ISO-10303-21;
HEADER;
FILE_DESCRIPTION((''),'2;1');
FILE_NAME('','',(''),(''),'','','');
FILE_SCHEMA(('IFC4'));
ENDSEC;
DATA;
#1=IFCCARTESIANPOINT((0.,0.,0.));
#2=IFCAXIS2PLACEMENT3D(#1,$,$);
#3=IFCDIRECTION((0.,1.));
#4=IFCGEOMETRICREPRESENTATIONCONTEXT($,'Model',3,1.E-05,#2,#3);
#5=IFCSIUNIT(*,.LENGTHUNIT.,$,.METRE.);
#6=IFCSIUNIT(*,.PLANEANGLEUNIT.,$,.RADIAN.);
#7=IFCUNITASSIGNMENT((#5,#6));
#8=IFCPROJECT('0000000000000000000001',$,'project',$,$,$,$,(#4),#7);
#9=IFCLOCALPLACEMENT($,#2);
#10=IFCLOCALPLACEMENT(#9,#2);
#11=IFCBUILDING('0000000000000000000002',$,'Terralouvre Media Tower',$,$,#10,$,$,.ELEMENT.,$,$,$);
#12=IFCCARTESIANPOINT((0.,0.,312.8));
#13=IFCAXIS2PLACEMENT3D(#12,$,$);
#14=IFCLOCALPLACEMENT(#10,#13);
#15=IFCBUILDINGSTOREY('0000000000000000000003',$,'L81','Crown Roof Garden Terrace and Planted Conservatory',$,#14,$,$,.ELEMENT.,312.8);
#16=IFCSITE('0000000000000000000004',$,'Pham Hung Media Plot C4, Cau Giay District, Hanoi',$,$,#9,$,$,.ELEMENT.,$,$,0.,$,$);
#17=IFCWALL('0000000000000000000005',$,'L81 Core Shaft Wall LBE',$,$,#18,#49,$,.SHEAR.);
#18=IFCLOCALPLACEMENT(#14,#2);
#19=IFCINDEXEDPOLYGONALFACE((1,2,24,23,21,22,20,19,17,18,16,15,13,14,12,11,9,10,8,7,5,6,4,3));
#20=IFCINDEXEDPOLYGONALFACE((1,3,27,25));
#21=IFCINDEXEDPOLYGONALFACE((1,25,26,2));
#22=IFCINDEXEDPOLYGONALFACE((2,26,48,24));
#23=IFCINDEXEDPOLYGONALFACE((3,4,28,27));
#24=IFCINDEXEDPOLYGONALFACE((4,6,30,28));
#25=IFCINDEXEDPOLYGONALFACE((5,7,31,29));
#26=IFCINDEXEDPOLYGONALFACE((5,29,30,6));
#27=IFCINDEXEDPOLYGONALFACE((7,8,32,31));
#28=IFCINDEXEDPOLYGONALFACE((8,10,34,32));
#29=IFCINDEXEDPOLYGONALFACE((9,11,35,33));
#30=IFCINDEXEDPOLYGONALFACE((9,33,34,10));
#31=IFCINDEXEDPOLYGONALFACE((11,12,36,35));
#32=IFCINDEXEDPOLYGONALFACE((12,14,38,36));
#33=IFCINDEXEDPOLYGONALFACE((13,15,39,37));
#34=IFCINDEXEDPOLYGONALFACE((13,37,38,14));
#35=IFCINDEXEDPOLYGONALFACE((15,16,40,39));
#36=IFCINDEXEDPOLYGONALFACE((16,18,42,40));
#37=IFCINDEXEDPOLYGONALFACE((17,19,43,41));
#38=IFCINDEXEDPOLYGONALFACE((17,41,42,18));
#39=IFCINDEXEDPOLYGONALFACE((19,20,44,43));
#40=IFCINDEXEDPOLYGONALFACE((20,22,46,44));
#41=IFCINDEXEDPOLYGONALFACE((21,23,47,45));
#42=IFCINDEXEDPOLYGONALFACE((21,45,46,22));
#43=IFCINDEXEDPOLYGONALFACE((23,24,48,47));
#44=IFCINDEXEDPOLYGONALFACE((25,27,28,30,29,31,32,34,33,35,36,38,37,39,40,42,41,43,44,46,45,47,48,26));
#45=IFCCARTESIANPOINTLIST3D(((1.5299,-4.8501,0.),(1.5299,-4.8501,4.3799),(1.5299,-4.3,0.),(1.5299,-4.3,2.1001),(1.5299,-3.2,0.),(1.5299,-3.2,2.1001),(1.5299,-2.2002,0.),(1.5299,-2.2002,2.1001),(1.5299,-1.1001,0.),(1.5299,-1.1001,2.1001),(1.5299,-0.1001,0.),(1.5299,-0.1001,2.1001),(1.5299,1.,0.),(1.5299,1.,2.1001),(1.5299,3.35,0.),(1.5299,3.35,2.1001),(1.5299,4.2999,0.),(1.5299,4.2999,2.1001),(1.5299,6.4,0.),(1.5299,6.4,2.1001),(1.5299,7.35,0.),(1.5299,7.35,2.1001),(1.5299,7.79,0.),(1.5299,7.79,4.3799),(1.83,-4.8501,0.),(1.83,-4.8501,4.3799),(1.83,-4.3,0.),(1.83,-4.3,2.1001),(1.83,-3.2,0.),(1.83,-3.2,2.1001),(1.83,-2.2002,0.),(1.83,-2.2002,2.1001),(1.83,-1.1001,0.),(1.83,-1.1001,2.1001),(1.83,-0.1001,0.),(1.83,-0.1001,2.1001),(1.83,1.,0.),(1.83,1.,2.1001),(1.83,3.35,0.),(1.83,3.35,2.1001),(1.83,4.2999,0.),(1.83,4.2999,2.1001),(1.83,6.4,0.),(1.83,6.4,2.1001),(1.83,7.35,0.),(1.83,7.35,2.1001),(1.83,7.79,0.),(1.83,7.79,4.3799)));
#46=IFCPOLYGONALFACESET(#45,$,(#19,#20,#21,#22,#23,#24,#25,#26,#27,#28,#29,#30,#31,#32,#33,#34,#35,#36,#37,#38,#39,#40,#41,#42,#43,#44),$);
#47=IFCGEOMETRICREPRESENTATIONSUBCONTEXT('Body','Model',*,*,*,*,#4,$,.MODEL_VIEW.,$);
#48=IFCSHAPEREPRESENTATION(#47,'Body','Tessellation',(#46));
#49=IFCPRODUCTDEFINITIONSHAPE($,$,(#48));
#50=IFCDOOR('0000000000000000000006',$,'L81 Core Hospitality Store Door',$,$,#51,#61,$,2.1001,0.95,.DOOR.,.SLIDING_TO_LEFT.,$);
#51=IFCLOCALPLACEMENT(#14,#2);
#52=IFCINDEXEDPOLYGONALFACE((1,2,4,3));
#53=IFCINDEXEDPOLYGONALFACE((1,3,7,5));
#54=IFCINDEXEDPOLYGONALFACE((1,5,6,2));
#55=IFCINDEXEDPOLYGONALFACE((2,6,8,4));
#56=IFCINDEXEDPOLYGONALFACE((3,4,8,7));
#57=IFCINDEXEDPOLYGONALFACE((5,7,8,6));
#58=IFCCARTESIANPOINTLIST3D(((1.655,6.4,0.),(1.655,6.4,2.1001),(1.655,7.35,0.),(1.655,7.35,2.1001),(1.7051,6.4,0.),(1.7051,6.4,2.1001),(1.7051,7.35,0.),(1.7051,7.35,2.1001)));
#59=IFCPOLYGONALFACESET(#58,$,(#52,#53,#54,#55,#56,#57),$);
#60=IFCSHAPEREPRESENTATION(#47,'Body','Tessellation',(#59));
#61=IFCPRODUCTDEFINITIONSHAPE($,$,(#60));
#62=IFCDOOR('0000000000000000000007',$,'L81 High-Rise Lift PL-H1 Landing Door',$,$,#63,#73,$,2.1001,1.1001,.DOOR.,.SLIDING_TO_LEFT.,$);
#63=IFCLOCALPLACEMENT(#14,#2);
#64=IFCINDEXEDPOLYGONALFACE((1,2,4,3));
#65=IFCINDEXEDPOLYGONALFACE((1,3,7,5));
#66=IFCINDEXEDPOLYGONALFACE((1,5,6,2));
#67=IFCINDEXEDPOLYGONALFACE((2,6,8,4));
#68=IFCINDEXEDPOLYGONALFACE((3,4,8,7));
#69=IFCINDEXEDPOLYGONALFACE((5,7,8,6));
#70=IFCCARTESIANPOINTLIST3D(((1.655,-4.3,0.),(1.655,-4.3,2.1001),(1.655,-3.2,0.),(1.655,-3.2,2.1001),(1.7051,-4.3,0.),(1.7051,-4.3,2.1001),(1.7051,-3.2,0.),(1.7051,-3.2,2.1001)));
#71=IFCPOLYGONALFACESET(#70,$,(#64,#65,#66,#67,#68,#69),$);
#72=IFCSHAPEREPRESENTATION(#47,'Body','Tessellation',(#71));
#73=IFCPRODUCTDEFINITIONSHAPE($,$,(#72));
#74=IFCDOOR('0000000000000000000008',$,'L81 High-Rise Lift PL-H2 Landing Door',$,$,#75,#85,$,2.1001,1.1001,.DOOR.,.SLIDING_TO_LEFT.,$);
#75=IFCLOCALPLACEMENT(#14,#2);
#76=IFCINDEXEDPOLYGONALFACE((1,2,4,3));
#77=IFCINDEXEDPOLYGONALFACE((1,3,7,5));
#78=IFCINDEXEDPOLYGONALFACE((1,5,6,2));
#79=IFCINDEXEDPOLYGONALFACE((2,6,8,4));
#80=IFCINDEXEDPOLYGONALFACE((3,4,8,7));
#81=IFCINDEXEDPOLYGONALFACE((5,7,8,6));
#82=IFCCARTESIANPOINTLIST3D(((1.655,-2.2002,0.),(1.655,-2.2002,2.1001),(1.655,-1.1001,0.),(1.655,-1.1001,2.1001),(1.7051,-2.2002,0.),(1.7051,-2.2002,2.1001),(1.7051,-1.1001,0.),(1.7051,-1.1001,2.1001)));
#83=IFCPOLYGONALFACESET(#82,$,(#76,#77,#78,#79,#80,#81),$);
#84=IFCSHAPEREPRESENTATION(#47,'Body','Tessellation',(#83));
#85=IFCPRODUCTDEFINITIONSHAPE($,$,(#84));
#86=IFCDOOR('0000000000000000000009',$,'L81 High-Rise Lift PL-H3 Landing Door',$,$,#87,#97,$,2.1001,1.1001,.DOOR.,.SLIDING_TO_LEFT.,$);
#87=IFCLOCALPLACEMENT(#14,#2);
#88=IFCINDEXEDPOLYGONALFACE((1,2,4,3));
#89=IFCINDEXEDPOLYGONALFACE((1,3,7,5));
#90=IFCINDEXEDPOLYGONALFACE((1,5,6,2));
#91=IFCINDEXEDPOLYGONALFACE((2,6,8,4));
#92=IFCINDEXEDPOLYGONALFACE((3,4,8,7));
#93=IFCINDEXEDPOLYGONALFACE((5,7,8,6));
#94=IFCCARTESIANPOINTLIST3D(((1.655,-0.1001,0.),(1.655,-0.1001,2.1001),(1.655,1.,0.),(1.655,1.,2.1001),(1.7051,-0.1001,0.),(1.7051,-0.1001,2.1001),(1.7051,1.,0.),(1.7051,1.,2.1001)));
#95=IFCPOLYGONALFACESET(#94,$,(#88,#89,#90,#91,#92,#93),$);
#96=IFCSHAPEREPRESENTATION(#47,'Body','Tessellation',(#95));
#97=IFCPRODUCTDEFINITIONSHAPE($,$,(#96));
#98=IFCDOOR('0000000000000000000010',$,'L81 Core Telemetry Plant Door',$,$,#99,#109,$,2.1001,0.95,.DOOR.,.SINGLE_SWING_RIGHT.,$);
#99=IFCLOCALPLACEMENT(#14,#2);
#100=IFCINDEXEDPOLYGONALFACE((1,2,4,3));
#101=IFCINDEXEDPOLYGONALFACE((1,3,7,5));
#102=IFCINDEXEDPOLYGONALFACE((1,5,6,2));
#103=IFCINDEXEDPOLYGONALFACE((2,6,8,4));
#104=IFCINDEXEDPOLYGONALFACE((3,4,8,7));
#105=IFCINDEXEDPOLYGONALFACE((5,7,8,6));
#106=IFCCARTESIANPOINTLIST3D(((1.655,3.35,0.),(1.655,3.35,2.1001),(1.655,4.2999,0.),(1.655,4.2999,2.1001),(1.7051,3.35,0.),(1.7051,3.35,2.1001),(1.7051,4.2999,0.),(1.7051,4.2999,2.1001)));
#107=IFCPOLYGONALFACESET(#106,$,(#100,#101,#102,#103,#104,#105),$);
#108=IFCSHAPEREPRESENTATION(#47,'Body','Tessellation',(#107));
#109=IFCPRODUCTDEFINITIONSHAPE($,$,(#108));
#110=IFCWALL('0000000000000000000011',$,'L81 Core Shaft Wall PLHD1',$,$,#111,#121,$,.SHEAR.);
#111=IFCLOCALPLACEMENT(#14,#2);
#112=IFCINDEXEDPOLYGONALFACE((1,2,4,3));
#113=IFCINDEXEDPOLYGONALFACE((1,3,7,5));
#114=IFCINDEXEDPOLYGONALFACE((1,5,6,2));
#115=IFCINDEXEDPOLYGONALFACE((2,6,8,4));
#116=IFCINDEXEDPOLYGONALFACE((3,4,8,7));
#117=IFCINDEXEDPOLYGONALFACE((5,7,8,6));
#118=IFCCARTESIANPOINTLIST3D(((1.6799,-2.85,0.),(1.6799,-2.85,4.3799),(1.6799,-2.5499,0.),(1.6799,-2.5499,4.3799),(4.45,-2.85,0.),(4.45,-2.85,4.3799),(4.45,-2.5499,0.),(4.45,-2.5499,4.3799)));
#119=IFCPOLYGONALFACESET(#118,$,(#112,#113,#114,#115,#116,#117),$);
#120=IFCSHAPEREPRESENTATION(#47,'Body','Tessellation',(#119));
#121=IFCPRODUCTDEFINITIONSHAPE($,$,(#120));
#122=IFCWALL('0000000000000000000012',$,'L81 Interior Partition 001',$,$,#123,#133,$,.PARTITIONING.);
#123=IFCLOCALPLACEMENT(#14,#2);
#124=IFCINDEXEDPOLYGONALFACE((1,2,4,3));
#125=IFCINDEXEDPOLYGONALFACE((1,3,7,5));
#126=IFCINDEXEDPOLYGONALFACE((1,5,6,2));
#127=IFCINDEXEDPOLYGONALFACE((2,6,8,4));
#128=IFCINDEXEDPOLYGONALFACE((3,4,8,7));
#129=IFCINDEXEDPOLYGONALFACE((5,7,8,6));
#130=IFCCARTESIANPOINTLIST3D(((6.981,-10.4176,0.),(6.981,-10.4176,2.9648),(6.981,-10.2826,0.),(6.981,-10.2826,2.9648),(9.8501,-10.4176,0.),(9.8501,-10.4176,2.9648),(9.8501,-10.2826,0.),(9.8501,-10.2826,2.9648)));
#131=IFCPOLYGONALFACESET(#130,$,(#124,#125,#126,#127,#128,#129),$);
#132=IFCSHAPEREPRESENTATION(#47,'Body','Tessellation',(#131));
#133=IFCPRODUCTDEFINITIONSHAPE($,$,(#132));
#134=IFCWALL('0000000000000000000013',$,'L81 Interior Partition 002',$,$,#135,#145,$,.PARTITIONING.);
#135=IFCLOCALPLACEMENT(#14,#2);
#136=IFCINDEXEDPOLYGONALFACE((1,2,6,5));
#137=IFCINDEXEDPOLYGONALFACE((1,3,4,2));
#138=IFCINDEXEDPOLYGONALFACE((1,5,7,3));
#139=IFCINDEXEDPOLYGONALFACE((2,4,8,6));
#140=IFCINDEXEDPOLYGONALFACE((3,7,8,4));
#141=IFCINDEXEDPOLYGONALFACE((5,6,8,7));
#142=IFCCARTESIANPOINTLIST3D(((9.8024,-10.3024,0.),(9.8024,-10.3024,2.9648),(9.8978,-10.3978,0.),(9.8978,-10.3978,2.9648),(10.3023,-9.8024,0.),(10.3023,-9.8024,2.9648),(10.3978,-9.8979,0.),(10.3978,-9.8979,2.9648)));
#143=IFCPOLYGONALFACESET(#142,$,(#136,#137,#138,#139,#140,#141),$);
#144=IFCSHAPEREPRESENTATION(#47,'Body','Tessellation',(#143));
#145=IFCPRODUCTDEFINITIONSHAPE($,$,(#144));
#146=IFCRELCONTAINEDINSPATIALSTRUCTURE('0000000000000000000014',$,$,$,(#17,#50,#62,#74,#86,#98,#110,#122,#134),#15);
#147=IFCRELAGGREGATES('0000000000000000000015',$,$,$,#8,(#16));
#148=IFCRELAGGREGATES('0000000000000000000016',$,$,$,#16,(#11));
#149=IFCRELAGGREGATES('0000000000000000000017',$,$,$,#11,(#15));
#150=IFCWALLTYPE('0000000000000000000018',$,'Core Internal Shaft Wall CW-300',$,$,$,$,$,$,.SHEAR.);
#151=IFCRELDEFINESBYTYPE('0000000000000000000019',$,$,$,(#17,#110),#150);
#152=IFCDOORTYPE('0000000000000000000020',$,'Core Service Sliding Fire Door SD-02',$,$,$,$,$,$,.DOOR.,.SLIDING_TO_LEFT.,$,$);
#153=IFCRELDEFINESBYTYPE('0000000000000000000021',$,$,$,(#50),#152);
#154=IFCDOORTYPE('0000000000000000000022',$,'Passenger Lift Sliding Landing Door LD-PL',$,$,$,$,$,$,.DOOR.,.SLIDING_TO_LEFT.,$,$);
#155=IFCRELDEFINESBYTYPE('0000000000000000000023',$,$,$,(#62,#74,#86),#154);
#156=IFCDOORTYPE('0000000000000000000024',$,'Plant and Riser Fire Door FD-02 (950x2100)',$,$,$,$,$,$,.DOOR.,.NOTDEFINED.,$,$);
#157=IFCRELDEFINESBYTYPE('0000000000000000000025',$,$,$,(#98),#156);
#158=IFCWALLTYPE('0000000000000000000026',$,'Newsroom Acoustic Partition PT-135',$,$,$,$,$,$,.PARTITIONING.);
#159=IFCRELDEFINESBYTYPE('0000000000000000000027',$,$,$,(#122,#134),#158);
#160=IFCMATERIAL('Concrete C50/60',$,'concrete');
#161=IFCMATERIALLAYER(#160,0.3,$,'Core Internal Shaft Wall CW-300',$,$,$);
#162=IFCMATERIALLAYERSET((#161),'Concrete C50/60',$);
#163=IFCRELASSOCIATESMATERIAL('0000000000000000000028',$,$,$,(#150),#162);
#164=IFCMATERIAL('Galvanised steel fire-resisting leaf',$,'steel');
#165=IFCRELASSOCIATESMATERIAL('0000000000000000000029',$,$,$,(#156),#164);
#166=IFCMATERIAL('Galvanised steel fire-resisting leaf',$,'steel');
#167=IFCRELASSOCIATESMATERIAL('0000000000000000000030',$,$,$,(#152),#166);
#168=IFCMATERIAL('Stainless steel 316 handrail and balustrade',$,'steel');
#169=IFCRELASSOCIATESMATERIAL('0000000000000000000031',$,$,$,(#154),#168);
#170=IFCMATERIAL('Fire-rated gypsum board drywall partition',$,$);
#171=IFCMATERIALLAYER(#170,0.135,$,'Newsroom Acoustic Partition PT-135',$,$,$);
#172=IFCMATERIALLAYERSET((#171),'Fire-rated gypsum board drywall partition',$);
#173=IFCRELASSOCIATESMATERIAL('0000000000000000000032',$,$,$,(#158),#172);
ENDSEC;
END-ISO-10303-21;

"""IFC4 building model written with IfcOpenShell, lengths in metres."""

from ifc_helpers import new_model, si_unit, direction, frame, frame_2d, origin, place, context, subcontext, project, spatial, rectangle, extrude, material, layer, layer_set, type_object, element, fill, save


model = new_model("IFC4")

# Units and contexts
model_context = context("Model", 3, precision=1e-05, world=origin(), true_north=direction((0.0, 1.0)))
body_context = subcontext(model_context, "Body", "Model", "MODEL_VIEW")
ifc_project = project(units=[si_unit("LENGTHUNIT", "METRE"), si_unit("PLANEANGLEUNIT", "RADIAN")], contexts=[model_context])

# Site, building, storey
site_placement = place(None, origin())
site = spatial("IfcSite", under=ifc_project, at=site_placement, Name="Pham Hung Media Plot C4, Cau Giay District, Hanoi", CompositionType="ELEMENT", RefElevation=0.0)
building_placement = place(site_placement, origin())
building = spatial("IfcBuilding", under=site, at=building_placement, Name="Terralouvre Media Tower", CompositionType="ELEMENT")
storey_placement = place(building_placement, frame((0.0, 0.0, 312.8)))
storey = spatial("IfcBuildingStorey", under=building, at=storey_placement, Name="L81", Description="Crown Roof Garden Terrace and Planted Conservatory", CompositionType="ELEMENT", Elevation=312.8)

# Shared definitions
ifc_material_1 = material(Name="Concrete C50/60", Category="concrete")
ifc_layer_1 = layer(ifc_material_1, 0.3, Name="Core Internal Shaft Wall CW-300")
ifc_layer_set_1 = layer_set([ifc_layer_1], Name="Concrete C50/60")
wall_type_1 = type_object("IfcWallType", Name="Core Internal Shaft Wall CW-300", PredefinedType="SHEAR", material=ifc_layer_set_1)

# Wall, openings, doors
ifc_material_2 = material(Name="Galvanised steel fire-resisting leaf", Category="steel")
door_type_1 = type_object("IfcDoorType", Name="Plant and Riser Fire Door FD-02 (950x2100)", OperationType="NOTDEFINED", PredefinedType="DOOR", material=ifc_material_2)
wall_1_placement = place(storey_placement, frame((1.6799, -4.8501, 0.0), z_axis=(0.0, 0.0, 1.0), x_axis=(0.0, 1.0, 0.0)))
wall_1 = element("IfcWall", 1, at=wall_1_placement, inside=storey, type_object=wall_type_1, Name="L81 Core Shaft Wall LBE", PredefinedType="SHEAR", context=body_context, shape_type="SweptSolid", body=[
    extrude(rectangle(XDim=12.6401, YDim=0.3, at=frame_2d((6.3201, 0.0))), origin(), (0.0, 0.0, 1.0), 4.3799),
])
opening_1_placement = place(wall_1_placement, frame((0.55, 0.0, 0.0)))
opening_1 = element("IfcOpeningElement", 2, at=opening_1_placement, cuts=wall_1, PredefinedType="OPENING", context=body_context, shape_type="SweptSolid", body=[
    extrude(rectangle(XDim=1.1001, YDim=2.1001, at=frame_2d((0.55, 1.05))), frame((0.0, 0.1599, 0.0), z_axis=(0.0, -1.0, 0.0), x_axis=(1.0, 0.0, 0.0)), (0.0, 0.0, 1.0), 0.3201),
])
opening_2_placement = place(wall_1_placement, frame((2.6499, 0.0, 0.0)))
opening_2 = element("IfcOpeningElement", 3, at=opening_2_placement, cuts=wall_1, PredefinedType="OPENING", context=body_context, shape_type="SweptSolid", body=[
    extrude(rectangle(XDim=1.1001, YDim=2.1001, at=frame_2d((0.55, 1.05))), frame((0.0, 0.1599, 0.0), z_axis=(0.0, -1.0, 0.0), x_axis=(1.0, 0.0, 0.0)), (0.0, 0.0, 1.0), 0.3201),
])
opening_3_placement = place(wall_1_placement, frame((4.75, 0.0, 0.0)))
opening_3 = element("IfcOpeningElement", 4, at=opening_3_placement, cuts=wall_1, PredefinedType="OPENING", context=body_context, shape_type="SweptSolid", body=[
    extrude(rectangle(XDim=1.1001, YDim=2.1001, at=frame_2d((0.55, 1.05))), frame((0.0, 0.1599, 0.0), z_axis=(0.0, -1.0, 0.0), x_axis=(1.0, 0.0, 0.0)), (0.0, 0.0, 1.0), 0.3201),
])
opening_4_placement = place(wall_1_placement, frame((8.2, 0.0, 0.0)))
opening_4 = element("IfcOpeningElement", 5, at=opening_4_placement, cuts=wall_1, PredefinedType="OPENING", context=body_context, shape_type="SweptSolid", body=[
    extrude(rectangle(XDim=0.95, YDim=2.1001, at=frame_2d((0.4751, 1.05))), frame((0.0, 0.1599, 0.0), z_axis=(0.0, -1.0, 0.0), x_axis=(1.0, 0.0, 0.0)), (0.0, 0.0, 1.0), 0.3201),
])
opening_5_placement = place(wall_1_placement, frame((11.25, 0.0, 0.0)))
opening_5 = element("IfcOpeningElement", 6, at=opening_5_placement, cuts=wall_1, PredefinedType="OPENING", context=body_context, shape_type="SweptSolid", body=[
    extrude(rectangle(XDim=0.95, YDim=2.1001, at=frame_2d((0.4751, 1.05))), frame((0.0, 0.1599, 0.0), z_axis=(0.0, -1.0, 0.0), x_axis=(1.0, 0.0, 0.0)), (0.0, 0.0, 1.0), 0.3201),
])
ifc_material_3 = material(Name="Galvanised steel fire-resisting leaf", Category="steel")
door_type_2 = type_object("IfcDoorType", Name="Core Service Sliding Fire Door SD-02", OperationType="SLIDING_TO_LEFT", PredefinedType="DOOR", material=ifc_material_3)
door_1_placement = place(opening_5_placement, origin())
door_1 = element("IfcDoor", 7, at=door_1_placement, inside=storey, type_object=door_type_2, Name="L81 Core Hospitality Store Door", OperationType="SLIDING_TO_LEFT", OverallHeight=2.1001, OverallWidth=0.95, PredefinedType="DOOR", context=body_context, shape_type="SweptSolid", body=[
    extrude(rectangle(XDim=0.95, YDim=2.1001, at=frame_2d((0.4751, 1.05))), frame((0.0, 0.0249, 0.0), z_axis=(0.0, -1.0, 0.0), x_axis=(1.0, 0.0, 0.0)), (0.0, 0.0, 1.0), 0.05),
])
fill(opening_5, door_1)
ifc_material_4 = material(Name="Stainless steel 316 handrail and balustrade", Category="steel")
door_type_3 = type_object("IfcDoorType", Name="Passenger Lift Sliding Landing Door LD-PL", OperationType="SLIDING_TO_LEFT", PredefinedType="DOOR", material=ifc_material_4)
door_2_placement = place(opening_1_placement, origin())
door_2 = element("IfcDoor", 8, at=door_2_placement, inside=storey, type_object=door_type_3, Name="L81 High-Rise Lift PL-H1 Landing Door", OperationType="SLIDING_TO_LEFT", OverallHeight=2.1001, OverallWidth=1.1001, PredefinedType="DOOR", context=body_context, shape_type="SweptSolid", body=[
    extrude(rectangle(XDim=1.1001, YDim=2.1001, at=frame_2d((0.55, 1.05))), frame((0.0, 0.0249, 0.0), z_axis=(0.0, -1.0, 0.0), x_axis=(1.0, 0.0, 0.0)), (0.0, 0.0, 1.0), 0.05),
])
fill(opening_1, door_2)
door_3_placement = place(opening_2_placement, origin())
door_3 = element("IfcDoor", 9, at=door_3_placement, inside=storey, type_object=door_type_3, Name="L81 High-Rise Lift PL-H2 Landing Door", OperationType="SLIDING_TO_LEFT", OverallHeight=2.1001, OverallWidth=1.1001, PredefinedType="DOOR", context=body_context, shape_type="SweptSolid", body=[
    extrude(rectangle(XDim=1.1001, YDim=2.1001, at=frame_2d((0.55, 1.05))), frame((0.0, 0.0249, 0.0), z_axis=(0.0, -1.0, 0.0), x_axis=(1.0, 0.0, 0.0)), (0.0, 0.0, 1.0), 0.05),
])
fill(opening_2, door_3)
door_4_placement = place(opening_3_placement, origin())
door_4 = element("IfcDoor", 10, at=door_4_placement, inside=storey, type_object=door_type_3, Name="L81 High-Rise Lift PL-H3 Landing Door", OperationType="SLIDING_TO_LEFT", OverallHeight=2.1001, OverallWidth=1.1001, PredefinedType="DOOR", context=body_context, shape_type="SweptSolid", body=[
    extrude(rectangle(XDim=1.1001, YDim=2.1001, at=frame_2d((0.55, 1.05))), frame((0.0, 0.0249, 0.0), z_axis=(0.0, -1.0, 0.0), x_axis=(1.0, 0.0, 0.0)), (0.0, 0.0, 1.0), 0.05),
])
fill(opening_3, door_4)
door_5_placement = place(opening_4_placement, origin())
door_5 = element("IfcDoor", 11, at=door_5_placement, inside=storey, type_object=door_type_1, Name="L81 Core Telemetry Plant Door", OperationType="SINGLE_SWING_RIGHT", OverallHeight=2.1001, OverallWidth=0.95, PredefinedType="DOOR", context=body_context, shape_type="SweptSolid", body=[
    extrude(rectangle(XDim=0.95, YDim=2.1001, at=frame_2d((0.4751, 1.05))), frame((0.0, 0.0249, 0.0), z_axis=(0.0, -1.0, 0.0), x_axis=(1.0, 0.0, 0.0)), (0.0, 0.0, 1.0), 0.05),
])
fill(opening_4, door_5)

# Walls
wall_2_placement = place(storey_placement, frame((1.6799, -2.7, 0.0), z_axis=(0.0, 0.0, 1.0), x_axis=(1.0, 0.0, 0.0)))
element("IfcWall", 12, at=wall_2_placement, inside=storey, type_object=wall_type_1, Name="L81 Core Shaft Wall PLHD1", PredefinedType="SHEAR", context=body_context, shape_type="SweptSolid", body=[
    extrude(rectangle(XDim=2.77, YDim=0.3, at=frame_2d((1.385, 0.0))), origin(), (0.0, 0.0, 1.0), 4.3799),
])
ifc_material_5 = material(Name="Fire-rated gypsum board drywall partition")
ifc_layer_2 = layer(ifc_material_5, 0.135, Name="Newsroom Acoustic Partition PT-135")
ifc_layer_set_2 = layer_set([ifc_layer_2], Name="Fire-rated gypsum board drywall partition")
wall_type_2 = type_object("IfcWallType", Name="Newsroom Acoustic Partition PT-135", PredefinedType="PARTITIONING", material=ifc_layer_set_2)
wall_3_placement = place(storey_placement, frame((6.981, -10.3501, 0.0), z_axis=(0.0, 0.0, 1.0), x_axis=(1.0, 0.0, 0.0)))
element("IfcWall", 13, at=wall_3_placement, inside=storey, type_object=wall_type_2, Name="L81 Interior Partition 001", PredefinedType="PARTITIONING", context=body_context, shape_type="SweptSolid", body=[
    extrude(rectangle(XDim=2.8691, YDim=0.135, at=frame_2d((1.4346, 0.0))), origin(), (0.0, 0.0, 1.0), 2.9648),
])
wall_4_placement = place(storey_placement, frame((9.8501, -10.3501, 0.0), z_axis=(0.0, 0.0, 1.0), x_axis=(0.707107, 0.707107, 0.0)))
element("IfcWall", 14, at=wall_4_placement, inside=storey, type_object=wall_type_2, Name="L81 Interior Partition 002", PredefinedType="PARTITIONING", context=body_context, shape_type="SweptSolid", body=[
    extrude(rectangle(XDim=0.707, YDim=0.135, at=frame_2d((0.3535, 0.0))), origin(), (0.0, 0.0, 1.0), 2.9648),
])

save(model, "model.ifc")
